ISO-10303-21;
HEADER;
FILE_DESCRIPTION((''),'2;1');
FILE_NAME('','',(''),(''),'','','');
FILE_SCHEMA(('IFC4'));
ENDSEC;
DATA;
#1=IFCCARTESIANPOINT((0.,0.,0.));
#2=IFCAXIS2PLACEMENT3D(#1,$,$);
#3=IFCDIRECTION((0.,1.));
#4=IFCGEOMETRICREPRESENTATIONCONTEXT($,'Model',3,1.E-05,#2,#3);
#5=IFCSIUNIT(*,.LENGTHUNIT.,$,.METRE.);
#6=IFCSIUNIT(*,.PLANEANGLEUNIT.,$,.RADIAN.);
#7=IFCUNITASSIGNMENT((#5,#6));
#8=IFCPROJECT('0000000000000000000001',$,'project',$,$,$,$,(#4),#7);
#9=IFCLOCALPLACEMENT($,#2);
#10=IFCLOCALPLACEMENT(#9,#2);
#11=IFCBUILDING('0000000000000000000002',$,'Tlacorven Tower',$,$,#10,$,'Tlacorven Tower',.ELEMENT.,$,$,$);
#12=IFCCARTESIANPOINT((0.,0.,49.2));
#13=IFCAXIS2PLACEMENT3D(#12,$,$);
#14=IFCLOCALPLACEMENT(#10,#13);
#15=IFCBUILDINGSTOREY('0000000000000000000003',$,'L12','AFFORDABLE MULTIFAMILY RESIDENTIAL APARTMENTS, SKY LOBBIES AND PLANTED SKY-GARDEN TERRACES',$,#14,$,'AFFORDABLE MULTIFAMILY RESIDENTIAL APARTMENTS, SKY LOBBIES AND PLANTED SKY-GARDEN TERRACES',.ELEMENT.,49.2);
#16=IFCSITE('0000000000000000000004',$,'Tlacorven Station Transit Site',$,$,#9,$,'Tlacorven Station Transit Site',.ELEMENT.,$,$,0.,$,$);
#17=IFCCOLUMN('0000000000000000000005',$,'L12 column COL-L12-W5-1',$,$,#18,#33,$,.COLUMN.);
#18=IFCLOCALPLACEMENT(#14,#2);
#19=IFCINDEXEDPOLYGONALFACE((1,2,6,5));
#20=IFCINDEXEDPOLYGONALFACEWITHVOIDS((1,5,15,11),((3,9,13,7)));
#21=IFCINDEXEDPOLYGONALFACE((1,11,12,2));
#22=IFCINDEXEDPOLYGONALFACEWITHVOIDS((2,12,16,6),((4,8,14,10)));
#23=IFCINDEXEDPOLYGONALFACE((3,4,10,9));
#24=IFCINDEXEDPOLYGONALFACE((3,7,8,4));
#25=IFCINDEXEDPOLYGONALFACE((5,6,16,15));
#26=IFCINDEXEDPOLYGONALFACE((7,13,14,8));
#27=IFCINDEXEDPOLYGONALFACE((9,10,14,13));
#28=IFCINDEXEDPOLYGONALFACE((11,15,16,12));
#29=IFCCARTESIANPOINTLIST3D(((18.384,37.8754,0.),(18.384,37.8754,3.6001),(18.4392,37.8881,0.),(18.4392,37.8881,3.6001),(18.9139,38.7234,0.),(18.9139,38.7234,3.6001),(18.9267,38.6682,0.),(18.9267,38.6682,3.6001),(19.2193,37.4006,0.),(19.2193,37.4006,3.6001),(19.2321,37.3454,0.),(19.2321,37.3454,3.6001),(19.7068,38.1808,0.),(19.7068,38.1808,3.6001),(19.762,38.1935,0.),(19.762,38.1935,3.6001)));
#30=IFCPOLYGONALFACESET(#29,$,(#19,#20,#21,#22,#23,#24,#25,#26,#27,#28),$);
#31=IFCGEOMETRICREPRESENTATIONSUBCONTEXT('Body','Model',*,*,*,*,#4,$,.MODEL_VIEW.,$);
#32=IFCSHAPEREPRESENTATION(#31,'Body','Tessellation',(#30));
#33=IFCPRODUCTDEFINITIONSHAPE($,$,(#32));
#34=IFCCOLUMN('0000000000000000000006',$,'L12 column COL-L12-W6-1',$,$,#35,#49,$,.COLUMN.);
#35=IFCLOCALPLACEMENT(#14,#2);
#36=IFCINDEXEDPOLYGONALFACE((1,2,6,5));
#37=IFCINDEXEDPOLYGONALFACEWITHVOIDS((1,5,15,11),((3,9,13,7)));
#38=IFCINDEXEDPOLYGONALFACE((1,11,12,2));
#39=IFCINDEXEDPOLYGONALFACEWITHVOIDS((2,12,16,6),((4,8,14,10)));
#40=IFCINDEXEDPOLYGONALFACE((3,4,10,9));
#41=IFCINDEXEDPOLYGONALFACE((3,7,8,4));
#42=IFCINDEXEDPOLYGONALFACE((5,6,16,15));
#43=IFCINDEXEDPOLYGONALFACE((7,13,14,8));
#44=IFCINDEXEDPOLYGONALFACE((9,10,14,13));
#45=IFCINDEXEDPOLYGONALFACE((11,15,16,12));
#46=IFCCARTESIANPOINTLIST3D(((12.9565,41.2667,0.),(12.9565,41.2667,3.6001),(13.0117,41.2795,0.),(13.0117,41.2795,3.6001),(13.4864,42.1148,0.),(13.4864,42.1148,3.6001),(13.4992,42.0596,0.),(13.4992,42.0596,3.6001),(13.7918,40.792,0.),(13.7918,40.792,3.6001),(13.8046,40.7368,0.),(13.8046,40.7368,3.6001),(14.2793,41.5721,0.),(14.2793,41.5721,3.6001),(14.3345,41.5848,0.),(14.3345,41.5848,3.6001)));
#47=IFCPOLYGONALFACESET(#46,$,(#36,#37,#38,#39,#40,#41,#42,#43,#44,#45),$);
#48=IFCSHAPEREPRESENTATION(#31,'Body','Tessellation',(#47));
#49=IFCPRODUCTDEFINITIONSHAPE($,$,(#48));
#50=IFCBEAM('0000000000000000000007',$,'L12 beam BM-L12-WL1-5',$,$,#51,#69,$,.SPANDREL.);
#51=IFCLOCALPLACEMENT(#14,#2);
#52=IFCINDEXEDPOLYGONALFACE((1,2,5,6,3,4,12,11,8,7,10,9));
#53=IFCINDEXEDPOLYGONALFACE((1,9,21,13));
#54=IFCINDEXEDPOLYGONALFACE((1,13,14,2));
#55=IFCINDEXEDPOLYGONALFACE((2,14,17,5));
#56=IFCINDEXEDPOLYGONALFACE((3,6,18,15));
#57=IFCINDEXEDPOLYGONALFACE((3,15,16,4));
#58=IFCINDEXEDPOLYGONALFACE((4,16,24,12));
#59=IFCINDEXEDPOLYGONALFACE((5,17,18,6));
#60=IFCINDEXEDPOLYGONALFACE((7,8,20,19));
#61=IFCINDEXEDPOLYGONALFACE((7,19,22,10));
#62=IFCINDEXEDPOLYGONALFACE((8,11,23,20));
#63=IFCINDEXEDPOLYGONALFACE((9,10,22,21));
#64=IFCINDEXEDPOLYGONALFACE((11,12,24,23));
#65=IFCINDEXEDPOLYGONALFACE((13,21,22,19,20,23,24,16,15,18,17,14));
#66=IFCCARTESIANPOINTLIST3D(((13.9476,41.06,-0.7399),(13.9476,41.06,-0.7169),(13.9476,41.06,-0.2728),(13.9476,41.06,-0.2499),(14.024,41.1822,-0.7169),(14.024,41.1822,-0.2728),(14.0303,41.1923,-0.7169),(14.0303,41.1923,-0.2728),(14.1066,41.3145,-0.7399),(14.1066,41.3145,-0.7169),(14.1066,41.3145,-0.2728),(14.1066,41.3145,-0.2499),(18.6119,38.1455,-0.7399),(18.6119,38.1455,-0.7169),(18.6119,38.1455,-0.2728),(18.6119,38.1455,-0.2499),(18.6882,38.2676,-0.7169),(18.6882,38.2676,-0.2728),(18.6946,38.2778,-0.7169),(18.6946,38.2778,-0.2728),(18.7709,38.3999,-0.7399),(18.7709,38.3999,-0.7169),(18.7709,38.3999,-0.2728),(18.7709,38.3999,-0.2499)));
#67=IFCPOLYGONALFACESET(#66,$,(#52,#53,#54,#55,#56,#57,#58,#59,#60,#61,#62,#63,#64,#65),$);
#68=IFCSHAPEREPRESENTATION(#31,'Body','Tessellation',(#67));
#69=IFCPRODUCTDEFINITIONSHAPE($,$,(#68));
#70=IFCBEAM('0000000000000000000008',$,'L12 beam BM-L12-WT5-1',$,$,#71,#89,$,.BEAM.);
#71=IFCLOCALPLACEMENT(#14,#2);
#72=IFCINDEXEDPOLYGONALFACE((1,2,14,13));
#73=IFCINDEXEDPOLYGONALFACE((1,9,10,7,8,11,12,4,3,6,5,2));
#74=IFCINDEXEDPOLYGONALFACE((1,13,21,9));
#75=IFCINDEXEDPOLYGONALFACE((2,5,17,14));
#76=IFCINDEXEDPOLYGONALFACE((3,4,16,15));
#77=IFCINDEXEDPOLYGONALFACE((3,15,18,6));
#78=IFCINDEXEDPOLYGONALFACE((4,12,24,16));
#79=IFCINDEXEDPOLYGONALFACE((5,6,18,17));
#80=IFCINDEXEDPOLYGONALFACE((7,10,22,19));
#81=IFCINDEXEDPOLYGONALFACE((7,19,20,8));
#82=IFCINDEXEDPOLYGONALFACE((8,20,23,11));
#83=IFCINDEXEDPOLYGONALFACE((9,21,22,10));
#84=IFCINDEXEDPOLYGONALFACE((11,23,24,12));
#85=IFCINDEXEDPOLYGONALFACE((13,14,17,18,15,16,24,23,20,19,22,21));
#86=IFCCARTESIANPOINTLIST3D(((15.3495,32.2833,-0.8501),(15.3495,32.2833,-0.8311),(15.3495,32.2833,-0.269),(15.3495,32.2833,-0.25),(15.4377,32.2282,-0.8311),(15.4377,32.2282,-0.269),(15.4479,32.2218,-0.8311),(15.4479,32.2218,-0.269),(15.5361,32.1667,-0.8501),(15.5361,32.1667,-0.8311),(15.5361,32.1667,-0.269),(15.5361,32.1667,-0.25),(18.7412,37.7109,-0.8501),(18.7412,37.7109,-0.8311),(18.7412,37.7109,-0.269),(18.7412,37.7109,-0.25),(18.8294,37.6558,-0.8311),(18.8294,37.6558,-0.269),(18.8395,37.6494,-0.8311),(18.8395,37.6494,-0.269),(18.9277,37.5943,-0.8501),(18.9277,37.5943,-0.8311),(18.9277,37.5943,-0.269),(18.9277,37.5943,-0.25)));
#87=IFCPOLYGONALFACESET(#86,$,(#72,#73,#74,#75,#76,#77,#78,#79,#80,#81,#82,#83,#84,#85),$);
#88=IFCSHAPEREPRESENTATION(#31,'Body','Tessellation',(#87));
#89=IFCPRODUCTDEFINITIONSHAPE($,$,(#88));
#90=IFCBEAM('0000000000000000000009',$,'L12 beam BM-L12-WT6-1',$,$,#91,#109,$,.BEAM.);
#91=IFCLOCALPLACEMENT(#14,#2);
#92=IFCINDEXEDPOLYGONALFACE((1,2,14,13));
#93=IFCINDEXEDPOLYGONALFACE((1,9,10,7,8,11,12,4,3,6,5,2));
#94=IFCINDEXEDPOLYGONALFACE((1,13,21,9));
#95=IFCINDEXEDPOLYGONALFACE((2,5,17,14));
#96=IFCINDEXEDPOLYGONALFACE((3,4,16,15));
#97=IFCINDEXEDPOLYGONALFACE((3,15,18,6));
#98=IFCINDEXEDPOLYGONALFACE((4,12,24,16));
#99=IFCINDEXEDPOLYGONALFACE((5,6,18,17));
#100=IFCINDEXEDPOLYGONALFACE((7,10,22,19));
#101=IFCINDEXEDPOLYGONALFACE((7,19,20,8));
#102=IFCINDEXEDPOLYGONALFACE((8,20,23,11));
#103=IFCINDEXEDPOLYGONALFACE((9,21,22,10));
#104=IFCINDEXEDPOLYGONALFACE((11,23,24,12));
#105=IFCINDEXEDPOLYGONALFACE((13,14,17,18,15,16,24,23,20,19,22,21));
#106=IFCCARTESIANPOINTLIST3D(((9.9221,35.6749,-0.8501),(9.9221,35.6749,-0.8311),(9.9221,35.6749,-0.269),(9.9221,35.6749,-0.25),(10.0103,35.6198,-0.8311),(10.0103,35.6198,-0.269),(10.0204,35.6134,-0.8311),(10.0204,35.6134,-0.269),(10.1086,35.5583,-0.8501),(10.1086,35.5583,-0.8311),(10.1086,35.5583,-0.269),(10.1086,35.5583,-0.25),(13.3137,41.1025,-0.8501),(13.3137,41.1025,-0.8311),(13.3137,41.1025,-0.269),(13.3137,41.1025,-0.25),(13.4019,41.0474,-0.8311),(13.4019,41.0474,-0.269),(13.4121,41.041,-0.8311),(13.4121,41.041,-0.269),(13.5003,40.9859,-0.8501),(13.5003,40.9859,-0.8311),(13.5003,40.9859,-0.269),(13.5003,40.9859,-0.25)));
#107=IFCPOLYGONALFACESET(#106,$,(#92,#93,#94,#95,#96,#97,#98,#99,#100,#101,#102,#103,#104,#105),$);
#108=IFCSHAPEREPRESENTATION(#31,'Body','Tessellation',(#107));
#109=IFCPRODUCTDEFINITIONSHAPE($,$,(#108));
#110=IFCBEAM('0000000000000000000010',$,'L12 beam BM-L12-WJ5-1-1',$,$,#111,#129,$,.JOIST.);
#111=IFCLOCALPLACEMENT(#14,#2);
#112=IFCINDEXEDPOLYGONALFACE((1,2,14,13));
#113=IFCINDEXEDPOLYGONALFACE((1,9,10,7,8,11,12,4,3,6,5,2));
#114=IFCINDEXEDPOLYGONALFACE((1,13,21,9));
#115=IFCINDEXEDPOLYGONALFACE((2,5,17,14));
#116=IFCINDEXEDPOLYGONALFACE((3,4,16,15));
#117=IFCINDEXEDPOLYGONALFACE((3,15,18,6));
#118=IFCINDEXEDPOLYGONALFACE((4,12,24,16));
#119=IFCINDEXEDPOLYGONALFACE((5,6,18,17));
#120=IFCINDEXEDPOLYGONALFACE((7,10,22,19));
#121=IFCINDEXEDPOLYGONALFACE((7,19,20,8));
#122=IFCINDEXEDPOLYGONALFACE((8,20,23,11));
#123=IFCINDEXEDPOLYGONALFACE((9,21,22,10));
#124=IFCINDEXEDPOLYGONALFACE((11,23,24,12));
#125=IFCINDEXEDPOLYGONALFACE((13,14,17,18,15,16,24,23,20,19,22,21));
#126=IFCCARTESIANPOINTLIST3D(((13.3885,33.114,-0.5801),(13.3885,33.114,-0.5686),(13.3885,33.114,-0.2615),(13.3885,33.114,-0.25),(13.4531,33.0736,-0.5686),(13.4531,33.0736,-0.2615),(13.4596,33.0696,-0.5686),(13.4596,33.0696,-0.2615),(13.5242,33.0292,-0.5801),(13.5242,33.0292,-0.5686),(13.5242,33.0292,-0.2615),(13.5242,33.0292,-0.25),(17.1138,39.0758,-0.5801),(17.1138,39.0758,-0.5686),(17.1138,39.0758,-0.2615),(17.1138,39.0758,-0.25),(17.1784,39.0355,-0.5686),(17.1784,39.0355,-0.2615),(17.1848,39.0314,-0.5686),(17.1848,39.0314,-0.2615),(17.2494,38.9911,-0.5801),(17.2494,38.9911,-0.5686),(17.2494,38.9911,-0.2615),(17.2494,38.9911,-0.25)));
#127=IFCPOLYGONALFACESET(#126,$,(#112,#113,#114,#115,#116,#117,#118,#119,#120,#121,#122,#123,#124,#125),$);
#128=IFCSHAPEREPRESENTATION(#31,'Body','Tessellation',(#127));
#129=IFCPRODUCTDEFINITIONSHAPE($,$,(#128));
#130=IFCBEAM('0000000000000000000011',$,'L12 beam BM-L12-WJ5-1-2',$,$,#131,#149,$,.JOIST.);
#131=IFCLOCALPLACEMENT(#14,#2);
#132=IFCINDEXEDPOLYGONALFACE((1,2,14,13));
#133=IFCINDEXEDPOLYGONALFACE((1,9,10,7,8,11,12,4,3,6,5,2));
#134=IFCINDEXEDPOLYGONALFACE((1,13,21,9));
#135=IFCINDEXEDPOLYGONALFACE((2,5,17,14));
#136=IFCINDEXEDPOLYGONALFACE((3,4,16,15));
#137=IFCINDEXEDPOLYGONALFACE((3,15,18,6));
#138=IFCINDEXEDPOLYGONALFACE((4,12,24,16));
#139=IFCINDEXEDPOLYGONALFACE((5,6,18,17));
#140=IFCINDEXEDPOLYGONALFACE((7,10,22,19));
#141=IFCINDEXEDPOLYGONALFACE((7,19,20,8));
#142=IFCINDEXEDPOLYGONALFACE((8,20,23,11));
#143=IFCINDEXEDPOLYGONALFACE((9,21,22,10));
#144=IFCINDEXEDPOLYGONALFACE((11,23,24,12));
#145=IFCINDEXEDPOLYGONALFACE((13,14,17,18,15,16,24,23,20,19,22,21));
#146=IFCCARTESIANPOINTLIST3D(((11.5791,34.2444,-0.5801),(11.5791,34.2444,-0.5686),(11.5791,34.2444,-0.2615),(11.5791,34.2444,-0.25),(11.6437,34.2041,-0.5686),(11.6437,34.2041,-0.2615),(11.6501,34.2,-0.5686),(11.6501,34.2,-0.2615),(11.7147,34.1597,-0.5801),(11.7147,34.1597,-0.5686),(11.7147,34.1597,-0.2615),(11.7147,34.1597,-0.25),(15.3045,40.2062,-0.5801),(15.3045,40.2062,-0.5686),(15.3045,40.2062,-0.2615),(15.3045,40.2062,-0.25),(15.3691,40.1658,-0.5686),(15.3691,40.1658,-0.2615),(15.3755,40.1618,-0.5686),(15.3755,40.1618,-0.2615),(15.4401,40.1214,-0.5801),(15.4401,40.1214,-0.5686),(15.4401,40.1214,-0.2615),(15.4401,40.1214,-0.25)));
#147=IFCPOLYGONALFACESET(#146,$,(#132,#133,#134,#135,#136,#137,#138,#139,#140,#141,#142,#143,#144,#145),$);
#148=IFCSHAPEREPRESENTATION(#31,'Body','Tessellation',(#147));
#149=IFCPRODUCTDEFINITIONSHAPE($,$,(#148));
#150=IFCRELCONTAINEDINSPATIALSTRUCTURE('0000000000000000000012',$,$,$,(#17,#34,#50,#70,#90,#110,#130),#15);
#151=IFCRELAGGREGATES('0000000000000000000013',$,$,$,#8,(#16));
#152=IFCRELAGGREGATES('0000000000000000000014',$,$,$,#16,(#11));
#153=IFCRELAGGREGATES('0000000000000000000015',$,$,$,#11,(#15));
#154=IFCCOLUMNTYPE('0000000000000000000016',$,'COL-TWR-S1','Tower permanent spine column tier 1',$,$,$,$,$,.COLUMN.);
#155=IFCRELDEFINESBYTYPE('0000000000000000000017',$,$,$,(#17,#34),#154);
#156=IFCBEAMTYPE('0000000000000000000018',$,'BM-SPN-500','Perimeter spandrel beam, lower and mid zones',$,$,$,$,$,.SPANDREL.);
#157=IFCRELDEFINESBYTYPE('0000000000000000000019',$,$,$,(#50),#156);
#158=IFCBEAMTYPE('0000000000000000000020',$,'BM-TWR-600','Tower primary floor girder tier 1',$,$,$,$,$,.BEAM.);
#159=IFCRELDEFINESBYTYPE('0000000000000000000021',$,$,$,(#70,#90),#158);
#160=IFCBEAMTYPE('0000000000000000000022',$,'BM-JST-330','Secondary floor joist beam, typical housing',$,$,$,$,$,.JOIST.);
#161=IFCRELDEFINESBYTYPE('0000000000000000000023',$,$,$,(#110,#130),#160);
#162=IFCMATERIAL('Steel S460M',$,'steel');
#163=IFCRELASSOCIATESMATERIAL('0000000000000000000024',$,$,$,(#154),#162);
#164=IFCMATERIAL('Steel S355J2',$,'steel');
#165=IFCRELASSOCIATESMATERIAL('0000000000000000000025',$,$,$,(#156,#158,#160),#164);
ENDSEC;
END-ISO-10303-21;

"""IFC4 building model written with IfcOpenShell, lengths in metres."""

from ifc_helpers import new_model, si_unit, direction, frame, origin, origin_2d, place, context, subcontext, project, spatial, hollow_rectangle, i_section, extrude, source, transform, mapped, material, material_profile, profile_set, type_object, element, save


model = new_model("IFC4")

# Units and contexts
model_context = context("Model", 3, precision=1e-05, world=origin(), true_north=direction((0.0, 1.0)))
body_context = subcontext(model_context, "Body", "Model", "MODEL_VIEW")
ifc_project = project(units=[si_unit("LENGTHUNIT", "METRE"), si_unit("PLANEANGLEUNIT", "RADIAN")], contexts=[model_context])

# Site, building, storey
site_placement = place(None, origin())
site = spatial("IfcSite", under=ifc_project, at=site_placement, Name="Tlacorven Station Transit Site", LongName="Tlacorven Station Transit Site", CompositionType="ELEMENT", RefElevation=0.0)
building_placement = place(site_placement, origin())
building = spatial("IfcBuilding", under=site, at=building_placement, Name="Tlacorven Tower", LongName="Tlacorven Tower", CompositionType="ELEMENT")
storey_placement = place(building_placement, frame((0.0, 0.0, 49.2)))
storey = spatial("IfcBuildingStorey", under=building, at=storey_placement, Name="L12", Description="AFFORDABLE MULTIFAMILY RESIDENTIAL APARTMENTS, SKY LOBBIES AND PLANTED SKY-GARDEN TERRACES", LongName="AFFORDABLE MULTIFAMILY RESIDENTIAL APARTMENTS, SKY LOBBIES AND PLANTED SKY-GARDEN TERRACES", CompositionType="ELEMENT", Elevation=49.2)

# Columns
ifc_material_1 = material(Name="Steel S460M", Category="steel")
ifc_material_profile_1 = material_profile(ifc_material_1, hollow_rectangle(XDim=1.0, YDim=1.0, WallThickness=0.04, at=origin_2d()), Name="BOX 1000X1000X40")
ifc_profile_set_1 = profile_set([ifc_material_profile_1], Name="Steel S460M")
column_type = type_object("IfcColumnType", Name="COL-TWR-S1", Description="Tower permanent spine column tier 1", PredefinedType="COLUMN", material=ifc_profile_set_1)
shared_shape_1 = source(origin(), body_context, "Body", "SweptSolid", [
    extrude(hollow_rectangle(XDim=1.0, YDim=1.0, WallThickness=0.04, at=origin_2d()), origin(), (0.0, 0.0, 1.0), 3.6001),
])
for number, where, z_axis, x_axis, name in (
    (1, (19.073, 38.0344, 0.0), (0.0, 0.0, 1.0), (-0.848048, 0.529919, 0.0), "L12 column COL-L12-W5-1"),
    (2, (13.6455, 41.4258, 0.0), (0.0, 0.0, 1.0), (-0.848048, 0.529919, 0.0), "L12 column COL-L12-W6-1"),
):
    element("IfcColumn", number, at=place(storey_placement, frame(where, z_axis=z_axis, x_axis=x_axis)), inside=storey, type_object=column_type, Name=name, PredefinedType="COLUMN", context=body_context, shape_type="MappedRepresentation", body=[
        mapped(shared_shape_1, transform((0.0, 0.0, 0.0), scale=1.0)),
    ])

# Beams
ifc_material_2 = material(Name="Steel S355J2", Category="steel")
ifc_material_profile_2 = material_profile(ifc_material_2, i_section(OverallWidth=0.3, OverallDepth=0.49, WebThickness=0.012, FlangeThickness=0.0229, at=origin_2d()), Name="HEA 500")
ifc_profile_set_2 = profile_set([ifc_material_profile_2], Name="Steel S355J2")
beam_type_1 = type_object("IfcBeamType", Name="BM-SPN-500", Description="Perimeter spandrel beam, lower and mid zones", PredefinedType="SPANDREL", material=ifc_profile_set_2)
shared_shape_2 = source(origin(), body_context, "Body", "SweptSolid", [
    extrude(i_section(OverallWidth=0.3, OverallDepth=0.49, WebThickness=0.012, FlangeThickness=0.0229, at=origin_2d()), origin(), (0.0, 0.0, 1.0), 5.5),
])
beam_placement = place(storey_placement, frame((18.6914, 38.2727, -0.4949), z_axis=(-0.848051, 0.529915, 0.0), x_axis=(-0.529915, -0.848051, 0.0)))
element("IfcBeam", 3, at=beam_placement, inside=storey, type_object=beam_type_1, Name="L12 beam BM-L12-WL1-5", PredefinedType="SPANDREL", context=body_context, shape_type="MappedRepresentation", body=[
    mapped(shared_shape_2, transform((0.0, 0.0, 0.0), scale=1.0)),
])
ifc_material_profile_3 = material_profile(ifc_material_2, i_section(OverallWidth=0.22, OverallDepth=0.6001, WebThickness=0.012, FlangeThickness=0.019, at=origin_2d()), Name="IPE 600")
ifc_profile_set_3 = profile_set([ifc_material_profile_3], Name="Steel S355J2")
beam_type_2 = type_object("IfcBeamType", Name="BM-TWR-600", Description="Tower primary floor girder tier 1", PredefinedType="BEAM", material=ifc_profile_set_3)
shared_shape_3 = source(origin(), body_context, "Body", "SweptSolid", [
    extrude(i_section(OverallWidth=0.22, OverallDepth=0.6001, WebThickness=0.012, FlangeThickness=0.019, at=origin_2d()), origin(), (0.0, 0.0, 1.0), 6.4001),
])
for number, where, z_axis, x_axis, name in (
    (4, (18.8345, 37.6526, -0.55), (-0.529934, -0.848039, 0.0), (0.848039, -0.529934, 0.0), "L12 beam BM-L12-WT5-1"),
    (5, (13.407, 41.0442, -0.55), (-0.529934, -0.848039, 0.0), (0.848039, -0.529934, 0.0), "L12 beam BM-L12-WT6-1"),
):
    element("IfcBeam", number, at=place(storey_placement, frame(where, z_axis=z_axis, x_axis=x_axis)), inside=storey, type_object=beam_type_2, Name=name, PredefinedType="BEAM", context=body_context, shape_type="MappedRepresentation", body=[
        mapped(shared_shape_3, transform((0.0, 0.0, 0.0), scale=1.0)),
    ])
ifc_material_profile_4 = material_profile(ifc_material_2, i_section(OverallWidth=0.1599, OverallDepth=0.3301, WebThickness=0.0076, FlangeThickness=0.0115, at=origin_2d()), Name="IPE 330")
ifc_profile_set_4 = profile_set([ifc_material_profile_4], Name="Steel S355J2")
beam_type_3 = type_object("IfcBeamType", Name="BM-JST-330", Description="Secondary floor joist beam, typical housing", PredefinedType="JOIST", material=ifc_profile_set_4)
shared_shape_4 = source(origin(), body_context, "Body", "SweptSolid", [
    extrude(i_section(OverallWidth=0.1599, OverallDepth=0.3301, WebThickness=0.0076, FlangeThickness=0.0115, at=origin_2d()), origin(), (0.0, 0.0, 1.0), 7.03),
])
for number, where, z_axis, x_axis, name in (
    (6, (17.1816, 39.0334, -0.415), (-0.529912, -0.848053, 0.0), (0.848053, -0.529912, 0.0), "L12 beam BM-L12-WJ5-1-1"),
    (7, (15.3723, 40.1638, -0.415), (-0.529927, -0.848043, 0.0), (0.848043, -0.529927, 0.0), "L12 beam BM-L12-WJ5-1-2"),
):
    element("IfcBeam", number, at=place(storey_placement, frame(where, z_axis=z_axis, x_axis=x_axis)), inside=storey, type_object=beam_type_3, Name=name, PredefinedType="JOIST", context=body_context, shape_type="MappedRepresentation", body=[
        mapped(shared_shape_4, transform((0.0, 0.0, 0.0), scale=1.0)),
    ])

save(model, "model.ifc")
